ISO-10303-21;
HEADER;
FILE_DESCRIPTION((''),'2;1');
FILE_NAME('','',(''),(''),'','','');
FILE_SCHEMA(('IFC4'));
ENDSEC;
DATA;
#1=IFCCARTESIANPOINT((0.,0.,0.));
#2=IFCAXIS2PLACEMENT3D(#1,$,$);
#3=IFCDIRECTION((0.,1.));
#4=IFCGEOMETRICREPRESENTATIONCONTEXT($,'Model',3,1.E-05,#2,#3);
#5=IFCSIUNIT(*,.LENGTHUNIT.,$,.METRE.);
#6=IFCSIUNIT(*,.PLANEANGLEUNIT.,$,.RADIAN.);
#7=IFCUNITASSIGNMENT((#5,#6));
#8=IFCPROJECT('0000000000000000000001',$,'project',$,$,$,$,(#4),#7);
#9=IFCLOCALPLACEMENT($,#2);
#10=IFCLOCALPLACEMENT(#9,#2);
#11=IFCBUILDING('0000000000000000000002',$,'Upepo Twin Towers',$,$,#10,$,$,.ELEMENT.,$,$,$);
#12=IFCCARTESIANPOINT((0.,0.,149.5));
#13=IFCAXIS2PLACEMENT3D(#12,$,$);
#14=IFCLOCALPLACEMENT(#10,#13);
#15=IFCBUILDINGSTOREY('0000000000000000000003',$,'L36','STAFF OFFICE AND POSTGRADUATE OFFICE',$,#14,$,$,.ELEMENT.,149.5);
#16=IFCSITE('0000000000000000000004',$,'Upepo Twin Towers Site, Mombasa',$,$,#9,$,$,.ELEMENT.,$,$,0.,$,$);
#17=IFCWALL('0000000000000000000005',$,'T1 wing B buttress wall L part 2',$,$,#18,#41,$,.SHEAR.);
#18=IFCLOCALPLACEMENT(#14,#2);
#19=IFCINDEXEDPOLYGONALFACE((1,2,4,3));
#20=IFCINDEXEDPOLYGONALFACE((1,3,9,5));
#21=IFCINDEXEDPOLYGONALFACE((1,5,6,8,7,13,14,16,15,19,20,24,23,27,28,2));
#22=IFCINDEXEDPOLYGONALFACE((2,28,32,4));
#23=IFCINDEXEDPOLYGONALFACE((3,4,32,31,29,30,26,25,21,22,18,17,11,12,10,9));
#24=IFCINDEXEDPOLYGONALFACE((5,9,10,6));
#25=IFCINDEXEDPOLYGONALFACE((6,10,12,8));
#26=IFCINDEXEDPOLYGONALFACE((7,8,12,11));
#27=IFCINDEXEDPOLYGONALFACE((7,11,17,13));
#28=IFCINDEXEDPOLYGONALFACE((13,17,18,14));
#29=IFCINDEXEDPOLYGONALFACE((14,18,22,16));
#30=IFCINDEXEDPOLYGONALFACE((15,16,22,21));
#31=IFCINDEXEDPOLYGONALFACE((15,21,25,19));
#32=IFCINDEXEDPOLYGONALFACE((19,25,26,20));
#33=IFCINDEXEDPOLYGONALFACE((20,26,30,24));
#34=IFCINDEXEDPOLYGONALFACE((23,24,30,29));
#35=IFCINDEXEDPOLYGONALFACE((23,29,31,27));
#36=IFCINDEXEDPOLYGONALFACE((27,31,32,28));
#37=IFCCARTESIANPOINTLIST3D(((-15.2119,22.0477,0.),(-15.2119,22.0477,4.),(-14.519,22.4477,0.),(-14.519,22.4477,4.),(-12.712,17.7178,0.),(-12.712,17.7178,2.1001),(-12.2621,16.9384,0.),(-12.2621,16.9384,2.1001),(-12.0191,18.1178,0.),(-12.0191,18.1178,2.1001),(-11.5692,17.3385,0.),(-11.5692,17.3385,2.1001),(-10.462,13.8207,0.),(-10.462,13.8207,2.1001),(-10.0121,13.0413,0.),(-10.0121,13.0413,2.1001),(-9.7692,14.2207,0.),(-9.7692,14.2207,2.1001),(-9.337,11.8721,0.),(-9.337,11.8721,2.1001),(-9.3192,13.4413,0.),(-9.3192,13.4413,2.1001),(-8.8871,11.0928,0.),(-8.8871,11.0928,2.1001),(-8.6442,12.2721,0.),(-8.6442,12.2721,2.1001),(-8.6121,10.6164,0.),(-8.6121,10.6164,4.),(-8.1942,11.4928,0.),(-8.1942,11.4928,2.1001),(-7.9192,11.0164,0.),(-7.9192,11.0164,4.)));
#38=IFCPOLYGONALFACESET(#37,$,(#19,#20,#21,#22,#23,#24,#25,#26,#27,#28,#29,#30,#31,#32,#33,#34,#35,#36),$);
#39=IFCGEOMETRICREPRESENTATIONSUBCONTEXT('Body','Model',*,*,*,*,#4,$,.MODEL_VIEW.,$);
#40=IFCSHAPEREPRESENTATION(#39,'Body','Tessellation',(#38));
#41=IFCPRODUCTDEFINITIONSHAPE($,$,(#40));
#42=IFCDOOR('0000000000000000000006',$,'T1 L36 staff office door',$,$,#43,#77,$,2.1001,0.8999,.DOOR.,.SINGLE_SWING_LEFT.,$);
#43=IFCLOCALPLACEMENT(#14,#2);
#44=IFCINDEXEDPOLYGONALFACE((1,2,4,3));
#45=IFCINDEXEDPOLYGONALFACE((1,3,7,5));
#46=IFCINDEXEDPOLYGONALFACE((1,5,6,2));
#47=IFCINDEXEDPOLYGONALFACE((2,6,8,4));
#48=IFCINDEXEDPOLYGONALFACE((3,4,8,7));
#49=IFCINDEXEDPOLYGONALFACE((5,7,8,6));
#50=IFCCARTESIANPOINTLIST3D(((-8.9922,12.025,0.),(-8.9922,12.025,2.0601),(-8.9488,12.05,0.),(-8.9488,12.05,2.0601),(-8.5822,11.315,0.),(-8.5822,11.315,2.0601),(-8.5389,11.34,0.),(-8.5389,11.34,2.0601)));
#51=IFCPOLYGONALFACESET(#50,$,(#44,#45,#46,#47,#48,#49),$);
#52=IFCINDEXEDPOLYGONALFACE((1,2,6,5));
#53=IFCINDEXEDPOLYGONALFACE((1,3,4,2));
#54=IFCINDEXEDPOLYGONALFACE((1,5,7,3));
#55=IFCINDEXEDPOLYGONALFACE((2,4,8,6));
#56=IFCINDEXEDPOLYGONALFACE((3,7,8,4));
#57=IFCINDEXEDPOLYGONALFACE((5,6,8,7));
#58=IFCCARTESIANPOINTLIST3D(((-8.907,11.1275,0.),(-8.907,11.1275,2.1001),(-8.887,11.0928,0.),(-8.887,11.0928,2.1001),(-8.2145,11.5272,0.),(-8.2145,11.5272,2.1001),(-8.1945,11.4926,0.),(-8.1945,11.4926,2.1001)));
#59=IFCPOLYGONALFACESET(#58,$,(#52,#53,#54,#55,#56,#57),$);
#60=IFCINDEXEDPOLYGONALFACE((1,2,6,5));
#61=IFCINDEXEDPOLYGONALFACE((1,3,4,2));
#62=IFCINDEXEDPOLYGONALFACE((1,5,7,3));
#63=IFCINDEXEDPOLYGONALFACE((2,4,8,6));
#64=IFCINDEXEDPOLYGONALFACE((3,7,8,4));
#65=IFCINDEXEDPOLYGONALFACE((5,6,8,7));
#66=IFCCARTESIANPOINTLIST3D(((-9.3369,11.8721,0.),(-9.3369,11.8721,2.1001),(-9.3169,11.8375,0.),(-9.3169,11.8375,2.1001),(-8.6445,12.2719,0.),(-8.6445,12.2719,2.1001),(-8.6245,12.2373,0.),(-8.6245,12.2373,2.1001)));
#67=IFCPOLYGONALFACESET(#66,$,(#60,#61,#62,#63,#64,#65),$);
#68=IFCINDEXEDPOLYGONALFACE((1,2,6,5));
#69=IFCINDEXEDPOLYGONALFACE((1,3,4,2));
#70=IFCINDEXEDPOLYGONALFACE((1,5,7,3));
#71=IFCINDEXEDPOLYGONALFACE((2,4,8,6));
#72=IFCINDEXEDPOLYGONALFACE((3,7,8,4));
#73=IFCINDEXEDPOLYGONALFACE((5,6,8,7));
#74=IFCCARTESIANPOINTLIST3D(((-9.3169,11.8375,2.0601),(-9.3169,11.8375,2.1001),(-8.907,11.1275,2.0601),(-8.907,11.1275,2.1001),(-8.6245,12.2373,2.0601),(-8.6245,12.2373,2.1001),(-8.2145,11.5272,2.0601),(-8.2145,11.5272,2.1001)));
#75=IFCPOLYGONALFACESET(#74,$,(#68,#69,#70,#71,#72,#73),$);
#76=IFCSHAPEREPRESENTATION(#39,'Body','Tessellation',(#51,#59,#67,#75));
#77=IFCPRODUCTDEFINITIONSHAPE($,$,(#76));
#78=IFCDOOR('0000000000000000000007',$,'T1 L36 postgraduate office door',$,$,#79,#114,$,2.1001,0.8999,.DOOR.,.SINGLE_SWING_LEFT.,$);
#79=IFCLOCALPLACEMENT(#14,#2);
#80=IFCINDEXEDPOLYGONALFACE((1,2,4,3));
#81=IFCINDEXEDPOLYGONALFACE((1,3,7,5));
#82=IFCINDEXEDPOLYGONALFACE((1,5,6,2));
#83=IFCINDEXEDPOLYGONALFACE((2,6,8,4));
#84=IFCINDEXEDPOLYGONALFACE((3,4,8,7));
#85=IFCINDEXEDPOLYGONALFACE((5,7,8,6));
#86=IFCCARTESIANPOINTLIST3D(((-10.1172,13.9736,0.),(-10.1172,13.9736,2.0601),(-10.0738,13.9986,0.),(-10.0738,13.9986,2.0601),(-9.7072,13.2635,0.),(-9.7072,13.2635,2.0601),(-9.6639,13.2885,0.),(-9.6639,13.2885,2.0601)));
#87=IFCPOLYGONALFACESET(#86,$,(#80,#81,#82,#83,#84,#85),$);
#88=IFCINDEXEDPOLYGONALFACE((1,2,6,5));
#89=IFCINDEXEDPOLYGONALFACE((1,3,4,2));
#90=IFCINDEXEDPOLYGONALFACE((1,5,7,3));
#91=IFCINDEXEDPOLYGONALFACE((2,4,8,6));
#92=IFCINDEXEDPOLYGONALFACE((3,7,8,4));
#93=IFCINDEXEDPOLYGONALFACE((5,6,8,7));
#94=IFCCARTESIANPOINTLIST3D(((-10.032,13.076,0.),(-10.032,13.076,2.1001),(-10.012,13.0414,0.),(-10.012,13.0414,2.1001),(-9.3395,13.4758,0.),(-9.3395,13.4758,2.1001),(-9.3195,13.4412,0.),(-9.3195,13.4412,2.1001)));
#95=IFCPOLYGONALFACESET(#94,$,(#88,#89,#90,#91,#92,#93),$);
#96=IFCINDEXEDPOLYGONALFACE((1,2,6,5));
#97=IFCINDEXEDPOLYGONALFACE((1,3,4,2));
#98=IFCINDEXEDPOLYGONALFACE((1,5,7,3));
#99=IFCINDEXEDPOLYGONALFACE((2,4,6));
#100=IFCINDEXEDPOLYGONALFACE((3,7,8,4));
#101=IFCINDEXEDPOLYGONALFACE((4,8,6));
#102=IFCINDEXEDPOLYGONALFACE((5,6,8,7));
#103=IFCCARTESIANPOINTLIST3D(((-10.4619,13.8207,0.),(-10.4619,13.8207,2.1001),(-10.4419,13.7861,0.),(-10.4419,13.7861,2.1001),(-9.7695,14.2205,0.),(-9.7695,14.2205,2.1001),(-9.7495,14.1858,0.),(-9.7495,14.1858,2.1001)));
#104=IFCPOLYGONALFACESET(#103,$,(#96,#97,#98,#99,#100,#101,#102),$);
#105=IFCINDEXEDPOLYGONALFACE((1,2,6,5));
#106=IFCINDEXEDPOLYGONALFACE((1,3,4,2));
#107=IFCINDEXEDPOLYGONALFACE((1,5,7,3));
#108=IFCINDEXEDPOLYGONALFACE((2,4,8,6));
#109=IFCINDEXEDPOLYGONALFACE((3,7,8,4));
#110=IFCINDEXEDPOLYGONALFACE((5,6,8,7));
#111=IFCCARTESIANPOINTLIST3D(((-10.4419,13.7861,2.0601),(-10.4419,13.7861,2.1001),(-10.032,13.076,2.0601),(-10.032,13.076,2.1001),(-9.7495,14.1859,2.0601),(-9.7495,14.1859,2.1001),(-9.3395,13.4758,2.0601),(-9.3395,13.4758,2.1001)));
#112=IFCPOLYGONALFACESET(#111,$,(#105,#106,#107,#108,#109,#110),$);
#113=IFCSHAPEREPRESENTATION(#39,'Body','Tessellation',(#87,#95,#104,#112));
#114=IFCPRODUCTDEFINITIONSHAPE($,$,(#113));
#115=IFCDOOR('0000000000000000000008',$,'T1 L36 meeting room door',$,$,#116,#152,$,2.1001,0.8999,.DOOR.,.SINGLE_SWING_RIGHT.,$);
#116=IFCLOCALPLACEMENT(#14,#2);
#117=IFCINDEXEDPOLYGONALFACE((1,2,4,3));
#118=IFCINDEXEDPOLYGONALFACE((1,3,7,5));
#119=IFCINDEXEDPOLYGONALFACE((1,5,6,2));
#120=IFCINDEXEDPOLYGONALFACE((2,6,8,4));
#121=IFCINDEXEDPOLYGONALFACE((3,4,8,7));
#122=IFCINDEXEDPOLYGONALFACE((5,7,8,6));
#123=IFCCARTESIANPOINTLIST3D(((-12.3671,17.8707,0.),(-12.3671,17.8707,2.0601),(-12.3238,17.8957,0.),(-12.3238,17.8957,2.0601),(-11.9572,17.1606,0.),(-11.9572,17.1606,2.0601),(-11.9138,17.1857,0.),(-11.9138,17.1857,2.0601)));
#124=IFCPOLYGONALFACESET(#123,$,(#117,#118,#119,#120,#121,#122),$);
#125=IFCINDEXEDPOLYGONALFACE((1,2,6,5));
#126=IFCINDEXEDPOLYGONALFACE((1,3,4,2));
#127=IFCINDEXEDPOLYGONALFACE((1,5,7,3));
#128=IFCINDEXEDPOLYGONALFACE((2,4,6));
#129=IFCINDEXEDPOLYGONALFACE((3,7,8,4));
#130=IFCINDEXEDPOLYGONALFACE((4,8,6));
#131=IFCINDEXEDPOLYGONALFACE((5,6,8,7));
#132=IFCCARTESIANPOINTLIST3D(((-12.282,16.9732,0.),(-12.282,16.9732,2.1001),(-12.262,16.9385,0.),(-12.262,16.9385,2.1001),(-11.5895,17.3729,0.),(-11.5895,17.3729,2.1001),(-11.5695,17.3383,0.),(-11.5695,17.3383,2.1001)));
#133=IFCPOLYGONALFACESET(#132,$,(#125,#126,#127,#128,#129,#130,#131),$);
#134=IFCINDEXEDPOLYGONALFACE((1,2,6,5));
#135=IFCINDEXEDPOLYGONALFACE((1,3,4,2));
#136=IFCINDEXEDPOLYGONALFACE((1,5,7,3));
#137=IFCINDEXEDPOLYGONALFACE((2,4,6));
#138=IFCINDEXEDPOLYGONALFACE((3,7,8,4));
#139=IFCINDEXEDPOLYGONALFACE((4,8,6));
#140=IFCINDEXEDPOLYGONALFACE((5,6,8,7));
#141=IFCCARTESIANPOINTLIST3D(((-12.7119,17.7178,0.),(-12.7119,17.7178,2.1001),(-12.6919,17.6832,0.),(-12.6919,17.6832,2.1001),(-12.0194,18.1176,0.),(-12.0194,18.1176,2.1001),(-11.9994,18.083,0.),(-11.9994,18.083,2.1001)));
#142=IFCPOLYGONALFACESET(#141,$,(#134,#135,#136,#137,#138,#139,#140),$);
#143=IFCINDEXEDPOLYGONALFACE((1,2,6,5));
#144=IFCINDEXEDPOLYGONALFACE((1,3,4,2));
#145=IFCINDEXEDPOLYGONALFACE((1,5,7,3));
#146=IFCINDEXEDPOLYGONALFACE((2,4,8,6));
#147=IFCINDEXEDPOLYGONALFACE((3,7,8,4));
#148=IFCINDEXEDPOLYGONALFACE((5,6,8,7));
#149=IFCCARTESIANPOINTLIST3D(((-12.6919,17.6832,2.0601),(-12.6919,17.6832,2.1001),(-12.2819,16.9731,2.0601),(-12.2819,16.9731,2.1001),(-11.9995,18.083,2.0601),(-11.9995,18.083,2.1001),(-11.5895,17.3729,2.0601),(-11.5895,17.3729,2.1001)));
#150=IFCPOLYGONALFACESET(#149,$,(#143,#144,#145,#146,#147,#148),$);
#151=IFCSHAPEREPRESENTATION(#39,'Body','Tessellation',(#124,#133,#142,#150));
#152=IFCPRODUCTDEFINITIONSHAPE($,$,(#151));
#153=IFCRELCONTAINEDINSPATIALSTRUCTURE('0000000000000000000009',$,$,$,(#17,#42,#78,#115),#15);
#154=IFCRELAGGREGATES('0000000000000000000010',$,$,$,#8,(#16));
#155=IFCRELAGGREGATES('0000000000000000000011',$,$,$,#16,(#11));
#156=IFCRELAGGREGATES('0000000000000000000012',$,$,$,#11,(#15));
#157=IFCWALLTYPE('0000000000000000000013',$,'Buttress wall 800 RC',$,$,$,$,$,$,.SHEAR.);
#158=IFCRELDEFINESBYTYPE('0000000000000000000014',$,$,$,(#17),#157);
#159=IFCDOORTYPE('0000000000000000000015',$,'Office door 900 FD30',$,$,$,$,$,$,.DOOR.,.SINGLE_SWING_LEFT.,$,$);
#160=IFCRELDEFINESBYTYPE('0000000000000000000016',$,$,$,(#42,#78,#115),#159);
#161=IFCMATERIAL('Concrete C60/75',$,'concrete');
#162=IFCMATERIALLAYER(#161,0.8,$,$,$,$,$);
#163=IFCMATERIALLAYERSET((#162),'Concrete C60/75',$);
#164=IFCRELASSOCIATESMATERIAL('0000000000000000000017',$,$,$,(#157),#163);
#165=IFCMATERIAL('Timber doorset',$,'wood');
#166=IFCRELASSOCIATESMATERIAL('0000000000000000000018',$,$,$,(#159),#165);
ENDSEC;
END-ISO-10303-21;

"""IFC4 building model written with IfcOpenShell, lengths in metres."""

from ifc_helpers import new_model, si_unit, direction, frame, frame_2d, origin, place, context, subcontext, project, spatial, rectangle, extrude, material, layer, layer_set, type_object, element, fill, save


model = new_model("IFC4")

# Units and contexts
model_context = context("Model", 3, precision=1e-05, world=origin(), true_north=direction((0.0, 1.0)))
body_context = subcontext(model_context, "Body", "Model", "MODEL_VIEW")
ifc_project = project(units=[si_unit("LENGTHUNIT", "METRE"), si_unit("PLANEANGLEUNIT", "RADIAN")], contexts=[model_context])

# Site, building, storey
site_placement = place(None, origin())
site = spatial("IfcSite", under=ifc_project, at=site_placement, Name="Upepo Twin Towers Site, Mombasa", CompositionType="ELEMENT", RefElevation=0.0)
building_placement = place(site_placement, origin())
building = spatial("IfcBuilding", under=site, at=building_placement, Name="Upepo Twin Towers", CompositionType="ELEMENT")
storey_placement = place(building_placement, frame((0.0, 0.0, 149.5)))
storey = spatial("IfcBuildingStorey", under=building, at=storey_placement, Name="L36", Description="STAFF OFFICE AND POSTGRADUATE OFFICE", CompositionType="ELEMENT", Elevation=149.5)

# Wall, openings, doors
ifc_material_1 = material(Name="Concrete C60/75", Category="concrete")
ifc_layer_1 = layer(ifc_material_1, 0.8)
ifc_layer_set_1 = layer_set([ifc_layer_1], Name="Concrete C60/75")
wall_type_1 = type_object("IfcWallType", Name="Buttress wall 800 RC", PredefinedType="SHEAR", material=ifc_layer_set_1)
wall_1_placement = place(storey_placement, frame((-8.2656, 10.8164, 0.0), z_axis=(0.0, 0.0, 1.0), x_axis=(-0.499996, 0.866028, 0.0)))
wall_1 = element("IfcWall", 1, at=wall_1_placement, inside=storey, type_object=wall_type_1, Name="T1 wing B buttress wall L part 2", PredefinedType="SHEAR", context=body_context, shape_type="SweptSolid", body=[
    extrude(rectangle(XDim=13.1997, YDim=0.8, at=frame_2d((6.5999, 0.0))), origin(), (0.0, 0.0, 1.0), 4.0),
])
opening_1_placement = place(wall_1_placement, frame((0.55, 0.0, 0.0)))
opening_1 = element("IfcOpeningElement", 2, at=opening_1_placement, cuts=wall_1, PredefinedType="OPENING", context=body_context, shape_type="SweptSolid", body=[
    extrude(rectangle(XDim=0.8999, YDim=2.1001, at=frame_2d((0.45, 1.05))), frame((0.0, 0.4099, 0.0), z_axis=(0.0, -1.0, 0.0), x_axis=(1.0, 0.0, 0.0)), (0.0, 0.0, 1.0), 0.8201),
])
opening_2_placement = place(wall_1_placement, frame((2.8, 0.0, 0.0)))
opening_2 = element("IfcOpeningElement", 3, at=opening_2_placement, cuts=wall_1, PredefinedType="OPENING", context=body_context, shape_type="SweptSolid", body=[
    extrude(rectangle(XDim=0.8999, YDim=2.1001, at=frame_2d((0.45, 1.05))), frame((0.0, 0.4099, 0.0), z_axis=(0.0, -1.0, 0.0), x_axis=(1.0, 0.0, 0.0)), (0.0, 0.0, 1.0), 0.8201),
])
opening_3_placement = place(wall_1_placement, frame((7.3, 0.0, 0.0)))
opening_3 = element("IfcOpeningElement", 4, at=opening_3_placement, cuts=wall_1, PredefinedType="OPENING", context=body_context, shape_type="SweptSolid", body=[
    extrude(rectangle(XDim=0.8999, YDim=2.1001, at=frame_2d((0.45, 1.05))), frame((0.0, 0.4099, 0.0), z_axis=(0.0, -1.0, 0.0), x_axis=(1.0, 0.0, 0.0)), (0.0, 0.0, 1.0), 0.8201),
])
ifc_material_2 = material(Name="Timber doorset", Category="wood")
door_type_1 = type_object("IfcDoorType", Name="Office door 900 FD30", OperationType="SINGLE_SWING_LEFT", PredefinedType="DOOR", material=ifc_material_2)
door_1_placement = place(opening_1_placement, origin())
door_1 = element("IfcDoor", 5, at=door_1_placement, inside=storey, type_object=door_type_1, Name="T1 L36 staff office door", OperationType="SINGLE_SWING_LEFT", OverallHeight=2.1001, OverallWidth=0.8999, PredefinedType="DOOR", context=body_context, shape_type="SweptSolid", body=[
    extrude(rectangle(XDim=0.8199, YDim=2.0601, at=frame_2d((0.45, 1.03))), frame((0.0, 0.0249, 0.0), z_axis=(0.0, -1.0, 0.0), x_axis=(1.0, 0.0, 0.0)), (0.0, 0.0, 1.0), 0.05),
    extrude(rectangle(XDim=0.04, YDim=2.1001, at=frame_2d((0.02, 1.05))), frame((0.0, 0.3999, 0.0), z_axis=(0.0, -1.0, 0.0), x_axis=(1.0, 0.0, 0.0)), (0.0, 0.0, 1.0), 0.7996),
    extrude(rectangle(XDim=0.04, YDim=2.1001, at=frame_2d((0.8799, 1.05))), frame((0.0, 0.3999, 0.0), z_axis=(0.0, -1.0, 0.0), x_axis=(1.0, 0.0, 0.0)), (0.0, 0.0, 1.0), 0.7996),
    extrude(rectangle(XDim=0.8199, YDim=0.04, at=frame_2d((0.45, 2.0801))), frame((0.0, 0.3999, 0.0), z_axis=(0.0, -1.0, 0.0), x_axis=(1.0, 0.0, 0.0)), (0.0, 0.0, 1.0), 0.7996),
])
fill(opening_1, door_1)
door_2_placement = place(opening_2_placement, origin())
door_2 = element("IfcDoor", 6, at=door_2_placement, inside=storey, type_object=door_type_1, Name="T1 L36 postgraduate office door", OperationType="SINGLE_SWING_LEFT", OverallHeight=2.1001, OverallWidth=0.8999, PredefinedType="DOOR", context=body_context, shape_type="SweptSolid", body=[
    extrude(rectangle(XDim=0.8199, YDim=2.0601, at=frame_2d((0.45, 1.03))), frame((0.0, 0.0249, 0.0), z_axis=(0.0, -1.0, 0.0), x_axis=(1.0, 0.0, 0.0)), (0.0, 0.0, 1.0), 0.05),
    extrude(rectangle(XDim=0.04, YDim=2.1001, at=frame_2d((0.02, 1.05))), frame((0.0, 0.3999, 0.0), z_axis=(0.0, -1.0, 0.0), x_axis=(1.0, 0.0, 0.0)), (0.0, 0.0, 1.0), 0.7996),
    extrude(rectangle(XDim=0.04, YDim=2.1001, at=frame_2d((0.8799, 1.05))), frame((0.0, 0.3999, 0.0), z_axis=(0.0, -1.0, 0.0), x_axis=(1.0, 0.0, 0.0)), (0.0, 0.0, 1.0), 0.7996),
    extrude(rectangle(XDim=0.8199, YDim=0.04, at=frame_2d((0.45, 2.0801))), frame((0.0, 0.3999, 0.0), z_axis=(0.0, -1.0, 0.0), x_axis=(1.0, 0.0, 0.0)), (0.0, 0.0, 1.0), 0.7996),
])
fill(opening_2, door_2)
door_3_placement = place(opening_3_placement, origin())
door_3 = element("IfcDoor", 7, at=door_3_placement, inside=storey, type_object=door_type_1, Name="T1 L36 meeting room door", OperationType="SINGLE_SWING_RIGHT", OverallHeight=2.1001, OverallWidth=0.8999, PredefinedType="DOOR", context=body_context, shape_type="SweptSolid", body=[
    extrude(rectangle(XDim=0.8199, YDim=2.0601, at=frame_2d((0.45, 1.03))), frame((0.0, 0.0249, 0.0), z_axis=(0.0, -1.0, 0.0), x_axis=(1.0, 0.0, 0.0)), (0.0, 0.0, 1.0), 0.05),
    extrude(rectangle(XDim=0.04, YDim=2.1001, at=frame_2d((0.02, 1.05))), frame((0.0, 0.3999, 0.0), z_axis=(0.0, -1.0, 0.0), x_axis=(1.0, 0.0, 0.0)), (0.0, 0.0, 1.0), 0.7996),
    extrude(rectangle(XDim=0.04, YDim=2.1001, at=frame_2d((0.8799, 1.05))), frame((0.0, 0.3999, 0.0), z_axis=(0.0, -1.0, 0.0), x_axis=(1.0, 0.0, 0.0)), (0.0, 0.0, 1.0), 0.7996),
    extrude(rectangle(XDim=0.8199, YDim=0.04, at=frame_2d((0.45, 2.0801))), frame((0.0, 0.3999, 0.0), z_axis=(0.0, -1.0, 0.0), x_axis=(1.0, 0.0, 0.0)), (0.0, 0.0, 1.0), 0.7996),
])
fill(opening_3, door_3)

save(model, "model.ifc")
